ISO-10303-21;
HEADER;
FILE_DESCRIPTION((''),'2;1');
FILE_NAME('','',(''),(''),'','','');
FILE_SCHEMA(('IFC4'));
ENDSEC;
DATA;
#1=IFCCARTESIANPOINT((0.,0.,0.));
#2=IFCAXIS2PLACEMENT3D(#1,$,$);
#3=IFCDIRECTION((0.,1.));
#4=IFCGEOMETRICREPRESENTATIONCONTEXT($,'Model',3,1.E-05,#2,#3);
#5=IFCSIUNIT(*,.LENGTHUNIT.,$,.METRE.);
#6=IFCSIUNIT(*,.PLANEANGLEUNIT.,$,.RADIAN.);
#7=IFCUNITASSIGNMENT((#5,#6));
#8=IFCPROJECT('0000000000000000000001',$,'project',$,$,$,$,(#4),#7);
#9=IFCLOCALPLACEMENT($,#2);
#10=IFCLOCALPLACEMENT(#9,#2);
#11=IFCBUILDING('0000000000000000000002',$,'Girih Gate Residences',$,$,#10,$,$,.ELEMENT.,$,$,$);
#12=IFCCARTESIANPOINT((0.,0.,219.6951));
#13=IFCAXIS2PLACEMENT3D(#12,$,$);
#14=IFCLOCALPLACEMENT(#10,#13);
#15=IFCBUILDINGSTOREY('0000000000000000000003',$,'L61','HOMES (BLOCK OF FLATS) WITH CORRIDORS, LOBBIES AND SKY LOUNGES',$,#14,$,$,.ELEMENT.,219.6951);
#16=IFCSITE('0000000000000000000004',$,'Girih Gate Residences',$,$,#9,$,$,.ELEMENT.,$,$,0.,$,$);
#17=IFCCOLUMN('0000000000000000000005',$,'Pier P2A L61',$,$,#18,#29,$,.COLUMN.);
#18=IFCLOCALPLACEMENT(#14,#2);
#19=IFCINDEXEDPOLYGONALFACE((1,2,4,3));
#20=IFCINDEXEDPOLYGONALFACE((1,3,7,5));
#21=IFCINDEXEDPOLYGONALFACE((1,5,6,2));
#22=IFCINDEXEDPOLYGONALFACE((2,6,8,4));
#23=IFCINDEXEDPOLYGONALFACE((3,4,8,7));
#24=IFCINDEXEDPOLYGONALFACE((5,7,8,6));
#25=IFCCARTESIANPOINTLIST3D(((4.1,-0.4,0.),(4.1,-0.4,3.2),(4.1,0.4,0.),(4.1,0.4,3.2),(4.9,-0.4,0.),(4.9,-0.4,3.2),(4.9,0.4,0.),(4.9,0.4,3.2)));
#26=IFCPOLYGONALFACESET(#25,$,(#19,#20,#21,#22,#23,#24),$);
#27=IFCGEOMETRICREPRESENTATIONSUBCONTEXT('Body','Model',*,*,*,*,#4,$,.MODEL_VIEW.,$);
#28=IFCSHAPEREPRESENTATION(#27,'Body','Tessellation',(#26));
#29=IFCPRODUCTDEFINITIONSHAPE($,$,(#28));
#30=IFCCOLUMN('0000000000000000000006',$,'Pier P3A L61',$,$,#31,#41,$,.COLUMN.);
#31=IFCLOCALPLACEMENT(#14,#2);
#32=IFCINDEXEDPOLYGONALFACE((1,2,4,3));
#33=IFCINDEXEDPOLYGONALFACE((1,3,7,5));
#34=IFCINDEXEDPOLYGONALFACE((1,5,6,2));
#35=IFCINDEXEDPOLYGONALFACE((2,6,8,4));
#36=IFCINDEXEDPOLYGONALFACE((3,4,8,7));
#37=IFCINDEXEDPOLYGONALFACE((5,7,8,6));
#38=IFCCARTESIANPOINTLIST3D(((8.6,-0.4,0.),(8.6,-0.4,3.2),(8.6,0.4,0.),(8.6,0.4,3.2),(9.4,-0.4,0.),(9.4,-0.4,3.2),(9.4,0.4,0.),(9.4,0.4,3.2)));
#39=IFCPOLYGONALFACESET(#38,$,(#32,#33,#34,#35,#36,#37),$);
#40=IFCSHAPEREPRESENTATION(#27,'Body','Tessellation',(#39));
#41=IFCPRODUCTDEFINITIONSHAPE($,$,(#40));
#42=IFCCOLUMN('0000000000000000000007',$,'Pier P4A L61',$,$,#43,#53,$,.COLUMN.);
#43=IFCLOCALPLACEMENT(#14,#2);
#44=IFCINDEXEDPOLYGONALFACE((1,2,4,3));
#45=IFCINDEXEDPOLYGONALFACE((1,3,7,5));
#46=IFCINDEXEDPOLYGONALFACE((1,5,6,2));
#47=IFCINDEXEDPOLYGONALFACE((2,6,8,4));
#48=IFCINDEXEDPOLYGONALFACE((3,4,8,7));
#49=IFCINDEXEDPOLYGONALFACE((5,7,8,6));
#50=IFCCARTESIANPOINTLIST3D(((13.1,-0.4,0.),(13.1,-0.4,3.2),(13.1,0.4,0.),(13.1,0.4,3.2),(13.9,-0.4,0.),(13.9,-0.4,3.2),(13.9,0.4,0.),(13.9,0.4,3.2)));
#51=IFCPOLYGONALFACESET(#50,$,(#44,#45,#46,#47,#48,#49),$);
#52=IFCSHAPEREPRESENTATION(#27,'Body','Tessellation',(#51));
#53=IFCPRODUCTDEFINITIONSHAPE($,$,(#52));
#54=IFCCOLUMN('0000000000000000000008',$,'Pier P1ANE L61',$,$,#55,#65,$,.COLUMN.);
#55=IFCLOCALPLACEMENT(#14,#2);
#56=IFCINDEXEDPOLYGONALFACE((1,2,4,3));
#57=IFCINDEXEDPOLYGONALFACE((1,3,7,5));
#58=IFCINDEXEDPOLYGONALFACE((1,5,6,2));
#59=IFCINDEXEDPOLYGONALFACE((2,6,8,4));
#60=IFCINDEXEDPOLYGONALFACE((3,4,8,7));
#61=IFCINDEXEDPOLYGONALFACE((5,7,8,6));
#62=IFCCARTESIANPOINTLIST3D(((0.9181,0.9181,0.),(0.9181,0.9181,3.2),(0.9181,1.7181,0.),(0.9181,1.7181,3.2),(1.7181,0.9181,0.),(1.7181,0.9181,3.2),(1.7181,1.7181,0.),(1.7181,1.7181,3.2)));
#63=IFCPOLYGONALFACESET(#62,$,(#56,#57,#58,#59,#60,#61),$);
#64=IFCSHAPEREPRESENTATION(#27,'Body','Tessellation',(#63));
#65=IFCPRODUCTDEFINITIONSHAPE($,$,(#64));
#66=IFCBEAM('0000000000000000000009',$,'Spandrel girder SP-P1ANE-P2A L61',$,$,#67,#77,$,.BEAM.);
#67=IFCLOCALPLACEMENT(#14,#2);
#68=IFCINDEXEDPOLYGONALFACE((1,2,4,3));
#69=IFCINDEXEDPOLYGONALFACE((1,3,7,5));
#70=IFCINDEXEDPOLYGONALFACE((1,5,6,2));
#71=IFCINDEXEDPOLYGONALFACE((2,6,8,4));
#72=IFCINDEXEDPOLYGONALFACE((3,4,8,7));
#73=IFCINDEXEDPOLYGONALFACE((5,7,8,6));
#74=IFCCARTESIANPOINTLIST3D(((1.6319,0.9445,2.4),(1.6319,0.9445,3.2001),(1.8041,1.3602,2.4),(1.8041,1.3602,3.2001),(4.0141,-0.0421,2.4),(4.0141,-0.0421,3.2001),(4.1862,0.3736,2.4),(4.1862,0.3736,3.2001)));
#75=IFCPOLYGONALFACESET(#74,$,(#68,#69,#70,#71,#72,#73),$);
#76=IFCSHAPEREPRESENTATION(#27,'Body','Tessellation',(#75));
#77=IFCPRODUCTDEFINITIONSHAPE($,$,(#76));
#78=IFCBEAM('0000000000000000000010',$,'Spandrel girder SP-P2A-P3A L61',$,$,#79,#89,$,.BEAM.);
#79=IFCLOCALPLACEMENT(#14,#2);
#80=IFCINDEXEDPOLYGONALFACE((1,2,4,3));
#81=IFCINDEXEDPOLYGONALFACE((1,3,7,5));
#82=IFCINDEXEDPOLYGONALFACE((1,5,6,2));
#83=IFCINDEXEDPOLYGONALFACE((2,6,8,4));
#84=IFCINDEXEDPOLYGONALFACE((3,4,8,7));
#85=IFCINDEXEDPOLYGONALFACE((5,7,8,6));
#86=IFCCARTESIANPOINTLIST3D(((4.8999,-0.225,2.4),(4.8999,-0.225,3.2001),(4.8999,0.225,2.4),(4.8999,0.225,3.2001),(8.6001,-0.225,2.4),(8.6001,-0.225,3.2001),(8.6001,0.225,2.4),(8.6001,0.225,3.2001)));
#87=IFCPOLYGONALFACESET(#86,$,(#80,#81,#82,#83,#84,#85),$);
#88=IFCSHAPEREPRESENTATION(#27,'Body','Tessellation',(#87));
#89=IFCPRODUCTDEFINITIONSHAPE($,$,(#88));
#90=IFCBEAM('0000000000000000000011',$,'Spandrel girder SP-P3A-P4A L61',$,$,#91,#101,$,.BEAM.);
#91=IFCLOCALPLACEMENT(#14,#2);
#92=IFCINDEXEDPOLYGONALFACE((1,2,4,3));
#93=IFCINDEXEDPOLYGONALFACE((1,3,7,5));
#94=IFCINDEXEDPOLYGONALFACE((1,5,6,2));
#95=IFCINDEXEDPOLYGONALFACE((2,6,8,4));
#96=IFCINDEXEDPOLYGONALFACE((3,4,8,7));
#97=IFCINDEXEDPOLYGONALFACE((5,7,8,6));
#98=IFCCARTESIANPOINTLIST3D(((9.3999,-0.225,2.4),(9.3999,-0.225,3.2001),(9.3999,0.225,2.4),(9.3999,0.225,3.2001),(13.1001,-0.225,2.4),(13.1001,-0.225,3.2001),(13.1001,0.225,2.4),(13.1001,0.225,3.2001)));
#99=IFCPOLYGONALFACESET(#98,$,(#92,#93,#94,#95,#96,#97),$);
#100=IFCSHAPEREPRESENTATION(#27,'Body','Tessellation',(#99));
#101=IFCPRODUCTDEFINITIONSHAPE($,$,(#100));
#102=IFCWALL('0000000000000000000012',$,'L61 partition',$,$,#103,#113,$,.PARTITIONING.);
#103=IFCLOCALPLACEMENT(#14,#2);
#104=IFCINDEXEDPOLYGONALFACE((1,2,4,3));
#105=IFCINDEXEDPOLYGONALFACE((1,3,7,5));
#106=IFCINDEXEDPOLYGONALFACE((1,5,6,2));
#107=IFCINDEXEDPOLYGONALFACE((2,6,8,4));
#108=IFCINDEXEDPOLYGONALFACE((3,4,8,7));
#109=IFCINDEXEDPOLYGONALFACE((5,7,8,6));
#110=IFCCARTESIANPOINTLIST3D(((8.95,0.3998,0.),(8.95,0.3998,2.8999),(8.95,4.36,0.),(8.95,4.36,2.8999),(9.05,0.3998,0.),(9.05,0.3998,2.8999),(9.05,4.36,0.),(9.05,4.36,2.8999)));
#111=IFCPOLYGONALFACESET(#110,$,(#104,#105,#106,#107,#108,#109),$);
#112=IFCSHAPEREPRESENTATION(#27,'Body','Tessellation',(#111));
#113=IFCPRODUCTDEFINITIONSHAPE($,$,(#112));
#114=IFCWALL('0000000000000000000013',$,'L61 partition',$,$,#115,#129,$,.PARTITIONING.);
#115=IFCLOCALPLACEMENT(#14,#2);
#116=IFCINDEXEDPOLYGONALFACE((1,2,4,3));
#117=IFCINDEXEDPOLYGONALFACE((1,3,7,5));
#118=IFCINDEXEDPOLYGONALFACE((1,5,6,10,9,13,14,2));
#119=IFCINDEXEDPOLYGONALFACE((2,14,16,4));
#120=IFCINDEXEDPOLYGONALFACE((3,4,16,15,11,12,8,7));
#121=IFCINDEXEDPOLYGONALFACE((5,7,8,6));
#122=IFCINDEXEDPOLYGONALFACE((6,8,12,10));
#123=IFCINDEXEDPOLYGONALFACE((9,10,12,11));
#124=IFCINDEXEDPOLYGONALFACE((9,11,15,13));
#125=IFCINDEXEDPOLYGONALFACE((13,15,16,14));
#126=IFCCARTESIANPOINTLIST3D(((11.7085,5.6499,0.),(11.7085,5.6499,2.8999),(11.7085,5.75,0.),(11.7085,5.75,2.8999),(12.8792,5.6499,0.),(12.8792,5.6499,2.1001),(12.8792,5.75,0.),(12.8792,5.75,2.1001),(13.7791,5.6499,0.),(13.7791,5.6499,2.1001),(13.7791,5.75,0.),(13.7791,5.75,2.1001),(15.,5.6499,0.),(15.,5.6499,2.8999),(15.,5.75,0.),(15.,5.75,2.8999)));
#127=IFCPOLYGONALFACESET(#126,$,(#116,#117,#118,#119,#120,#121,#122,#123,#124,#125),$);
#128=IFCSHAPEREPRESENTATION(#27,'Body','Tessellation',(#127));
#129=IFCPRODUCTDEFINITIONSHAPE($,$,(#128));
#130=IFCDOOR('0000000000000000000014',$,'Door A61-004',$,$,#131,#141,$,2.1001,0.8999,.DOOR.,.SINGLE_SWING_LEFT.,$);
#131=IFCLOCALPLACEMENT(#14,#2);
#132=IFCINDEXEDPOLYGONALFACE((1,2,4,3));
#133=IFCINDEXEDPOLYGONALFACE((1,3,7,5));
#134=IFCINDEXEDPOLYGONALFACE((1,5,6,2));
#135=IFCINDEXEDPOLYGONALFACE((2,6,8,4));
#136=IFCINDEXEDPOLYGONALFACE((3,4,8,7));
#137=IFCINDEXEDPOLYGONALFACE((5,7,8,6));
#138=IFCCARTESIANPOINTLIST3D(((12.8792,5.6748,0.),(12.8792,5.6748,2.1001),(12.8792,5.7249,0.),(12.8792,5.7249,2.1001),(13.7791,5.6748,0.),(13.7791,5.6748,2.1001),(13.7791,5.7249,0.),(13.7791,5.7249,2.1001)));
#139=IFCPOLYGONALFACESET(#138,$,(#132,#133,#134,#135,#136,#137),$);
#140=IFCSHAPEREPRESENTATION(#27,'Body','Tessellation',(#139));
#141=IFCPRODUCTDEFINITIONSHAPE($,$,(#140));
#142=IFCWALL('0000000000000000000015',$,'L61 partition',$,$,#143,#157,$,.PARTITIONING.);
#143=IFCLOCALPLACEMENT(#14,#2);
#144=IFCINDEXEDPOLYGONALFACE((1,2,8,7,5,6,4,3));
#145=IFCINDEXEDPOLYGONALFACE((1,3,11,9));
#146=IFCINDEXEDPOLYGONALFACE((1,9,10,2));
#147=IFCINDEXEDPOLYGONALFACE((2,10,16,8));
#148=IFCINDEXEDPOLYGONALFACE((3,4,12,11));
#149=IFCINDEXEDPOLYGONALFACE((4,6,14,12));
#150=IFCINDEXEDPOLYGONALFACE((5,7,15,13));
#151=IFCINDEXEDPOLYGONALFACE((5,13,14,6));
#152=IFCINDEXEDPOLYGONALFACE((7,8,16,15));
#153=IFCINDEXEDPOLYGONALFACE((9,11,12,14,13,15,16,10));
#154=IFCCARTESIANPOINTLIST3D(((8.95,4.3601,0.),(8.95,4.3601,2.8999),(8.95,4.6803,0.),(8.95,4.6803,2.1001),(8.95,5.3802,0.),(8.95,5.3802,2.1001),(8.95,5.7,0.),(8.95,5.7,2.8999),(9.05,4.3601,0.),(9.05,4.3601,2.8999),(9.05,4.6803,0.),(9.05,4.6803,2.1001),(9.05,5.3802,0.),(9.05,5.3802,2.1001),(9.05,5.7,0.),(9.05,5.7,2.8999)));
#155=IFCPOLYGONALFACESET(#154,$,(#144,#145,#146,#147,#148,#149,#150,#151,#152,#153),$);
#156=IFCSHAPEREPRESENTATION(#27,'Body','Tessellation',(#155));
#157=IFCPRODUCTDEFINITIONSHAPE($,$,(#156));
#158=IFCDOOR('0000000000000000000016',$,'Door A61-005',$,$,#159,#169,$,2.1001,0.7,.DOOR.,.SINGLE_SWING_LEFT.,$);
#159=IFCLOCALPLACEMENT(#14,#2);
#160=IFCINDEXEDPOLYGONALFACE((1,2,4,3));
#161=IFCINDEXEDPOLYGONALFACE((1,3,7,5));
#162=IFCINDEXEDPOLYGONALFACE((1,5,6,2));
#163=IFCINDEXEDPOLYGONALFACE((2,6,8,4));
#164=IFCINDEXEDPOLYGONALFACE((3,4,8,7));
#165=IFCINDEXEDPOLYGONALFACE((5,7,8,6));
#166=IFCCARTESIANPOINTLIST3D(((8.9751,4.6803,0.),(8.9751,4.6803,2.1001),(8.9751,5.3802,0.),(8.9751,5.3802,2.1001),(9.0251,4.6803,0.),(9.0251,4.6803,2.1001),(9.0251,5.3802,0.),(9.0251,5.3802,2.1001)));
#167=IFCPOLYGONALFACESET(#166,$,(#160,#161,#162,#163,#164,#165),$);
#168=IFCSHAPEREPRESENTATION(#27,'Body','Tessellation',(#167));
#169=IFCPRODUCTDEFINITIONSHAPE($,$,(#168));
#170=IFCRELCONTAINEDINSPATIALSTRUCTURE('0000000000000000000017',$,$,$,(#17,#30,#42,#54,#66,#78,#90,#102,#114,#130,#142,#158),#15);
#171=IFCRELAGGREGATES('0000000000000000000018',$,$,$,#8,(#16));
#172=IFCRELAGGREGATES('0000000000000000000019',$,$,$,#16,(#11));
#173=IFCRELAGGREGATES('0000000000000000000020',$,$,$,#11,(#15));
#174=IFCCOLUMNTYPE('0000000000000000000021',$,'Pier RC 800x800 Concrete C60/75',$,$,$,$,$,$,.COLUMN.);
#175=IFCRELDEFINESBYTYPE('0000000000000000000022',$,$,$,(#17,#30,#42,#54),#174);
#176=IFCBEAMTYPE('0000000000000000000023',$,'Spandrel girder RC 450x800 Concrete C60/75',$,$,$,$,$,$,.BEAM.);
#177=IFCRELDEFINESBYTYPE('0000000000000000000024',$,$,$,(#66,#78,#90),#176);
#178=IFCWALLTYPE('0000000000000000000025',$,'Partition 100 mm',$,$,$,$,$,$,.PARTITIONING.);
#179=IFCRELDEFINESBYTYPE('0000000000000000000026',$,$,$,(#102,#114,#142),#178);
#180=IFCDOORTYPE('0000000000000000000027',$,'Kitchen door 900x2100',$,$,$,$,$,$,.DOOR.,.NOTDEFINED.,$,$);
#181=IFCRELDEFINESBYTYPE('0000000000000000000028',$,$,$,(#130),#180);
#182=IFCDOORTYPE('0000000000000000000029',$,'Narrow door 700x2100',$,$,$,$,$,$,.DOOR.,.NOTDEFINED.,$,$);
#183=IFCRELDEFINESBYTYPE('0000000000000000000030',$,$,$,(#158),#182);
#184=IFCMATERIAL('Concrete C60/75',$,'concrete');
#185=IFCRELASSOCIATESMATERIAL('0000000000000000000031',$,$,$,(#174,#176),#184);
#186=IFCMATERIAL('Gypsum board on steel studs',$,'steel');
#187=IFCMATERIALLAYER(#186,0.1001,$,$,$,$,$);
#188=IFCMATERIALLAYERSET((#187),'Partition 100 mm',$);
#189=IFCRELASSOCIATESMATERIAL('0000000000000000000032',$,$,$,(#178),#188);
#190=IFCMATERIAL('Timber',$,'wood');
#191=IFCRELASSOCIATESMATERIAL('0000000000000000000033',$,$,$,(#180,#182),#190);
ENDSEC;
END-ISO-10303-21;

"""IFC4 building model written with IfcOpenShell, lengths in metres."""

from ifc_helpers import new_model, si_unit, direction, frame, frame_2d, origin, origin_2d, place, context, subcontext, project, spatial, rectangle, extrude, material, layer, layer_set, material_profile, profile_set, type_object, element, fill, save


model = new_model("IFC4")

# Units and contexts
model_context = context("Model", 3, precision=1e-05, world=origin(), true_north=direction((0.0, 1.0)))
body_context = subcontext(model_context, "Body", "Model", "MODEL_VIEW")
ifc_project = project(units=[si_unit("LENGTHUNIT", "METRE"), si_unit("PLANEANGLEUNIT", "RADIAN")], contexts=[model_context])

# Site, building, storey
site_placement = place(None, origin())
site = spatial("IfcSite", under=ifc_project, at=site_placement, Name="Girih Gate Residences", CompositionType="ELEMENT", RefElevation=0.0)
building_placement = place(site_placement, origin())
building = spatial("IfcBuilding", under=site, at=building_placement, Name="Girih Gate Residences", CompositionType="ELEMENT")
storey_placement = place(building_placement, frame((0.0, 0.0, 219.6951)))
storey = spatial("IfcBuildingStorey", under=building, at=storey_placement, Name="L61", Description="HOMES (BLOCK OF FLATS) WITH CORRIDORS, LOBBIES AND SKY LOUNGES", CompositionType="ELEMENT", Elevation=219.6951)

# Columns
ifc_material_1 = material(Name="Concrete C60/75", Category="concrete")
ifc_material_profile_1 = material_profile(ifc_material_1, rectangle(XDim=0.8, YDim=0.8, at=origin_2d()))
ifc_profile_set_1 = profile_set([ifc_material_profile_1], Name="Concrete C60/75")
column_type = type_object("IfcColumnType", Name="Pier RC 800x800 Concrete C60/75", PredefinedType="COLUMN", material=ifc_profile_set_1)
for number, where, z_axis, x_axis, name in (
    (1, (4.5, 0.0, 0.0), (0.0, 0.0, 1.0), (1.0, 0.0, 0.0), "Pier P2A L61"),
    (2, (9.0, 0.0, 0.0), (0.0, 0.0, 1.0), (1.0, 0.0, 0.0), "Pier P3A L61"),
    (3, (13.5, 0.0, 0.0), (0.0, 0.0, 1.0), (1.0, 0.0, 0.0), "Pier P4A L61"),
    (4, (1.3181, 1.3181, 0.0), (0.0, 0.0, 1.0), (1.0, 0.0, 0.0), "Pier P1ANE L61"),
):
    element("IfcColumn", number, at=place(storey_placement, frame(where, z_axis=z_axis, x_axis=x_axis)), inside=storey, type_object=column_type, Name=name, PredefinedType="COLUMN", context=body_context, shape_type="SweptSolid", body=[
        extrude(rectangle(XDim=0.8, YDim=0.8, at=origin_2d()), origin(), (0.0, 0.0, 1.0), 3.2),
    ])

# Beams
ifc_material_profile_2 = material_profile(ifc_material_1, rectangle(XDim=0.45, YDim=0.8, at=origin_2d()))
ifc_profile_set_2 = profile_set([ifc_material_profile_2], Name="Concrete C60/75")
beam_type = type_object("IfcBeamType", Name="Spandrel girder RC 450x800 Concrete C60/75", PredefinedType="BEAM", material=ifc_profile_set_2)
beam_placement = place(storey_placement, frame((1.718, 1.1523, 2.8), z_axis=(0.923896, -0.382644, 0.0), x_axis=(0.382644, 0.923896, 0.0)))
element("IfcBeam", 5, at=beam_placement, inside=storey, type_object=beam_type, Name="Spandrel girder SP-P1ANE-P2A L61", PredefinedType="BEAM", context=body_context, shape_type="SweptSolid", body=[
    extrude(rectangle(XDim=0.45, YDim=0.8, at=origin_2d()), origin(), (0.0, 0.0, 1.0), 2.5784),
])
for number, where, z_axis, x_axis, name in (
    (6, (4.8999, 0.0, 2.8), (1.0, 0.0, 0.0), (0.0, 1.0, 0.0), "Spandrel girder SP-P2A-P3A L61"),
    (7, (9.3999, 0.0, 2.8), (1.0, 0.0, 0.0), (0.0, 1.0, 0.0), "Spandrel girder SP-P3A-P4A L61"),
):
    element("IfcBeam", number, at=place(storey_placement, frame(where, z_axis=z_axis, x_axis=x_axis)), inside=storey, type_object=beam_type, Name=name, PredefinedType="BEAM", context=body_context, shape_type="SweptSolid", body=[
        extrude(rectangle(XDim=0.45, YDim=0.8, at=origin_2d()), origin(), (0.0, 0.0, 1.0), 3.7002),
    ])

# Wall
ifc_material_2 = material(Name="Gypsum board on steel studs", Category="steel")
ifc_layer_1 = layer(ifc_material_2, 0.1001)
ifc_layer_set_1 = layer_set([ifc_layer_1], Name="Partition 100 mm")
wall_type_1 = type_object("IfcWallType", Name="Partition 100 mm", PredefinedType="PARTITIONING", material=ifc_layer_set_1)
wall_1_placement = place(storey_placement, frame((9.0, 0.3999, 0.0), z_axis=(0.0, 0.0, 1.0), x_axis=(0.0, 1.0, 0.0)))
element("IfcWall", 8, at=wall_1_placement, inside=storey, type_object=wall_type_1, Name="L61 partition", PredefinedType="PARTITIONING", context=body_context, shape_type="SweptSolid", body=[
    extrude(rectangle(XDim=3.9602, YDim=0.1001, at=frame_2d((1.98, 0.0))), origin(), (0.0, 0.0, 1.0), 2.8999),
])

# Walls, openings, doors
wall_2_placement = place(storey_placement, frame((11.7085, 5.7, 0.0), z_axis=(0.0, 0.0, 1.0), x_axis=(1.0, 0.0, 0.0)))
wall_2 = element("IfcWall", 9, at=wall_2_placement, inside=storey, type_object=wall_type_1, Name="L61 partition", PredefinedType="PARTITIONING", context=body_context, shape_type="SweptSolid", body=[
    extrude(rectangle(XDim=3.2915, YDim=0.1001, at=frame_2d((1.6458, 0.0))), origin(), (0.0, 0.0, 1.0), 2.8999),
])
opening_1_placement = place(wall_2_placement, frame((1.1707, 0.0, 0.0)))
opening_1 = element("IfcOpeningElement", 10, at=opening_1_placement, cuts=wall_2, PredefinedType="OPENING", context=body_context, shape_type="SweptSolid", body=[
    extrude(rectangle(XDim=0.8999, YDim=2.1001, at=frame_2d((0.45, 1.05))), frame((0.0, 0.0601, 0.0), z_axis=(0.0, -1.0, 0.0), x_axis=(1.0, 0.0, 0.0)), (0.0, 0.0, 1.0), 0.1201),
])
ifc_material_3 = material(Name="Timber", Category="wood")
door_type_1 = type_object("IfcDoorType", Name="Kitchen door 900x2100", OperationType="NOTDEFINED", PredefinedType="DOOR", material=ifc_material_3)
door_1_placement = place(opening_1_placement, origin())
door_1 = element("IfcDoor", 11, at=door_1_placement, inside=storey, type_object=door_type_1, Name="Door A61-004", OperationType="SINGLE_SWING_LEFT", OverallHeight=2.1001, OverallWidth=0.8999, PredefinedType="DOOR", context=body_context, shape_type="SweptSolid", body=[
    extrude(rectangle(XDim=0.8999, YDim=2.1001, at=frame_2d((0.45, 1.05))), frame((0.0, 0.0249, 0.0), z_axis=(0.0, -1.0, 0.0), x_axis=(1.0, 0.0, 0.0)), (0.0, 0.0, 1.0), 0.05),
])
fill(opening_1, door_1)
wall_3_placement = place(storey_placement, frame((9.0, 4.3601, 0.0), z_axis=(0.0, 0.0, 1.0), x_axis=(0.0, 1.0, 0.0)))
wall_3 = element("IfcWall", 12, at=wall_3_placement, inside=storey, type_object=wall_type_1, Name="L61 partition", PredefinedType="PARTITIONING", context=body_context, shape_type="SweptSolid", body=[
    extrude(rectangle(XDim=1.3398, YDim=0.1001, at=frame_2d((0.6699, 0.0))), origin(), (0.0, 0.0, 1.0), 2.8999),
])
opening_2_placement = place(wall_3_placement, frame((0.3201, 0.0, 0.0)))
opening_2 = element("IfcOpeningElement", 13, at=opening_2_placement, cuts=wall_3, PredefinedType="OPENING", context=body_context, shape_type="SweptSolid", body=[
    extrude(rectangle(XDim=0.7, YDim=2.1001, at=frame_2d((0.3501, 1.05))), frame((0.0, 0.0601, 0.0), z_axis=(0.0, -1.0, 0.0), x_axis=(1.0, 0.0, 0.0)), (0.0, 0.0, 1.0), 0.1201),
])
door_type_2 = type_object("IfcDoorType", Name="Narrow door 700x2100", OperationType="NOTDEFINED", PredefinedType="DOOR", material=ifc_material_3)
door_2_placement = place(opening_2_placement, origin())
door_2 = element("IfcDoor", 14, at=door_2_placement, inside=storey, type_object=door_type_2, Name="Door A61-005", OperationType="SINGLE_SWING_LEFT", OverallHeight=2.1001, OverallWidth=0.7, PredefinedType="DOOR", context=body_context, shape_type="SweptSolid", body=[
    extrude(rectangle(XDim=0.7, YDim=2.1001, at=frame_2d((0.3501, 1.05))), frame((0.0, 0.0249, 0.0), z_axis=(0.0, -1.0, 0.0), x_axis=(1.0, 0.0, 0.0)), (0.0, 0.0, 1.0), 0.05),
])
fill(opening_2, door_2)

save(model, "model.ifc")
